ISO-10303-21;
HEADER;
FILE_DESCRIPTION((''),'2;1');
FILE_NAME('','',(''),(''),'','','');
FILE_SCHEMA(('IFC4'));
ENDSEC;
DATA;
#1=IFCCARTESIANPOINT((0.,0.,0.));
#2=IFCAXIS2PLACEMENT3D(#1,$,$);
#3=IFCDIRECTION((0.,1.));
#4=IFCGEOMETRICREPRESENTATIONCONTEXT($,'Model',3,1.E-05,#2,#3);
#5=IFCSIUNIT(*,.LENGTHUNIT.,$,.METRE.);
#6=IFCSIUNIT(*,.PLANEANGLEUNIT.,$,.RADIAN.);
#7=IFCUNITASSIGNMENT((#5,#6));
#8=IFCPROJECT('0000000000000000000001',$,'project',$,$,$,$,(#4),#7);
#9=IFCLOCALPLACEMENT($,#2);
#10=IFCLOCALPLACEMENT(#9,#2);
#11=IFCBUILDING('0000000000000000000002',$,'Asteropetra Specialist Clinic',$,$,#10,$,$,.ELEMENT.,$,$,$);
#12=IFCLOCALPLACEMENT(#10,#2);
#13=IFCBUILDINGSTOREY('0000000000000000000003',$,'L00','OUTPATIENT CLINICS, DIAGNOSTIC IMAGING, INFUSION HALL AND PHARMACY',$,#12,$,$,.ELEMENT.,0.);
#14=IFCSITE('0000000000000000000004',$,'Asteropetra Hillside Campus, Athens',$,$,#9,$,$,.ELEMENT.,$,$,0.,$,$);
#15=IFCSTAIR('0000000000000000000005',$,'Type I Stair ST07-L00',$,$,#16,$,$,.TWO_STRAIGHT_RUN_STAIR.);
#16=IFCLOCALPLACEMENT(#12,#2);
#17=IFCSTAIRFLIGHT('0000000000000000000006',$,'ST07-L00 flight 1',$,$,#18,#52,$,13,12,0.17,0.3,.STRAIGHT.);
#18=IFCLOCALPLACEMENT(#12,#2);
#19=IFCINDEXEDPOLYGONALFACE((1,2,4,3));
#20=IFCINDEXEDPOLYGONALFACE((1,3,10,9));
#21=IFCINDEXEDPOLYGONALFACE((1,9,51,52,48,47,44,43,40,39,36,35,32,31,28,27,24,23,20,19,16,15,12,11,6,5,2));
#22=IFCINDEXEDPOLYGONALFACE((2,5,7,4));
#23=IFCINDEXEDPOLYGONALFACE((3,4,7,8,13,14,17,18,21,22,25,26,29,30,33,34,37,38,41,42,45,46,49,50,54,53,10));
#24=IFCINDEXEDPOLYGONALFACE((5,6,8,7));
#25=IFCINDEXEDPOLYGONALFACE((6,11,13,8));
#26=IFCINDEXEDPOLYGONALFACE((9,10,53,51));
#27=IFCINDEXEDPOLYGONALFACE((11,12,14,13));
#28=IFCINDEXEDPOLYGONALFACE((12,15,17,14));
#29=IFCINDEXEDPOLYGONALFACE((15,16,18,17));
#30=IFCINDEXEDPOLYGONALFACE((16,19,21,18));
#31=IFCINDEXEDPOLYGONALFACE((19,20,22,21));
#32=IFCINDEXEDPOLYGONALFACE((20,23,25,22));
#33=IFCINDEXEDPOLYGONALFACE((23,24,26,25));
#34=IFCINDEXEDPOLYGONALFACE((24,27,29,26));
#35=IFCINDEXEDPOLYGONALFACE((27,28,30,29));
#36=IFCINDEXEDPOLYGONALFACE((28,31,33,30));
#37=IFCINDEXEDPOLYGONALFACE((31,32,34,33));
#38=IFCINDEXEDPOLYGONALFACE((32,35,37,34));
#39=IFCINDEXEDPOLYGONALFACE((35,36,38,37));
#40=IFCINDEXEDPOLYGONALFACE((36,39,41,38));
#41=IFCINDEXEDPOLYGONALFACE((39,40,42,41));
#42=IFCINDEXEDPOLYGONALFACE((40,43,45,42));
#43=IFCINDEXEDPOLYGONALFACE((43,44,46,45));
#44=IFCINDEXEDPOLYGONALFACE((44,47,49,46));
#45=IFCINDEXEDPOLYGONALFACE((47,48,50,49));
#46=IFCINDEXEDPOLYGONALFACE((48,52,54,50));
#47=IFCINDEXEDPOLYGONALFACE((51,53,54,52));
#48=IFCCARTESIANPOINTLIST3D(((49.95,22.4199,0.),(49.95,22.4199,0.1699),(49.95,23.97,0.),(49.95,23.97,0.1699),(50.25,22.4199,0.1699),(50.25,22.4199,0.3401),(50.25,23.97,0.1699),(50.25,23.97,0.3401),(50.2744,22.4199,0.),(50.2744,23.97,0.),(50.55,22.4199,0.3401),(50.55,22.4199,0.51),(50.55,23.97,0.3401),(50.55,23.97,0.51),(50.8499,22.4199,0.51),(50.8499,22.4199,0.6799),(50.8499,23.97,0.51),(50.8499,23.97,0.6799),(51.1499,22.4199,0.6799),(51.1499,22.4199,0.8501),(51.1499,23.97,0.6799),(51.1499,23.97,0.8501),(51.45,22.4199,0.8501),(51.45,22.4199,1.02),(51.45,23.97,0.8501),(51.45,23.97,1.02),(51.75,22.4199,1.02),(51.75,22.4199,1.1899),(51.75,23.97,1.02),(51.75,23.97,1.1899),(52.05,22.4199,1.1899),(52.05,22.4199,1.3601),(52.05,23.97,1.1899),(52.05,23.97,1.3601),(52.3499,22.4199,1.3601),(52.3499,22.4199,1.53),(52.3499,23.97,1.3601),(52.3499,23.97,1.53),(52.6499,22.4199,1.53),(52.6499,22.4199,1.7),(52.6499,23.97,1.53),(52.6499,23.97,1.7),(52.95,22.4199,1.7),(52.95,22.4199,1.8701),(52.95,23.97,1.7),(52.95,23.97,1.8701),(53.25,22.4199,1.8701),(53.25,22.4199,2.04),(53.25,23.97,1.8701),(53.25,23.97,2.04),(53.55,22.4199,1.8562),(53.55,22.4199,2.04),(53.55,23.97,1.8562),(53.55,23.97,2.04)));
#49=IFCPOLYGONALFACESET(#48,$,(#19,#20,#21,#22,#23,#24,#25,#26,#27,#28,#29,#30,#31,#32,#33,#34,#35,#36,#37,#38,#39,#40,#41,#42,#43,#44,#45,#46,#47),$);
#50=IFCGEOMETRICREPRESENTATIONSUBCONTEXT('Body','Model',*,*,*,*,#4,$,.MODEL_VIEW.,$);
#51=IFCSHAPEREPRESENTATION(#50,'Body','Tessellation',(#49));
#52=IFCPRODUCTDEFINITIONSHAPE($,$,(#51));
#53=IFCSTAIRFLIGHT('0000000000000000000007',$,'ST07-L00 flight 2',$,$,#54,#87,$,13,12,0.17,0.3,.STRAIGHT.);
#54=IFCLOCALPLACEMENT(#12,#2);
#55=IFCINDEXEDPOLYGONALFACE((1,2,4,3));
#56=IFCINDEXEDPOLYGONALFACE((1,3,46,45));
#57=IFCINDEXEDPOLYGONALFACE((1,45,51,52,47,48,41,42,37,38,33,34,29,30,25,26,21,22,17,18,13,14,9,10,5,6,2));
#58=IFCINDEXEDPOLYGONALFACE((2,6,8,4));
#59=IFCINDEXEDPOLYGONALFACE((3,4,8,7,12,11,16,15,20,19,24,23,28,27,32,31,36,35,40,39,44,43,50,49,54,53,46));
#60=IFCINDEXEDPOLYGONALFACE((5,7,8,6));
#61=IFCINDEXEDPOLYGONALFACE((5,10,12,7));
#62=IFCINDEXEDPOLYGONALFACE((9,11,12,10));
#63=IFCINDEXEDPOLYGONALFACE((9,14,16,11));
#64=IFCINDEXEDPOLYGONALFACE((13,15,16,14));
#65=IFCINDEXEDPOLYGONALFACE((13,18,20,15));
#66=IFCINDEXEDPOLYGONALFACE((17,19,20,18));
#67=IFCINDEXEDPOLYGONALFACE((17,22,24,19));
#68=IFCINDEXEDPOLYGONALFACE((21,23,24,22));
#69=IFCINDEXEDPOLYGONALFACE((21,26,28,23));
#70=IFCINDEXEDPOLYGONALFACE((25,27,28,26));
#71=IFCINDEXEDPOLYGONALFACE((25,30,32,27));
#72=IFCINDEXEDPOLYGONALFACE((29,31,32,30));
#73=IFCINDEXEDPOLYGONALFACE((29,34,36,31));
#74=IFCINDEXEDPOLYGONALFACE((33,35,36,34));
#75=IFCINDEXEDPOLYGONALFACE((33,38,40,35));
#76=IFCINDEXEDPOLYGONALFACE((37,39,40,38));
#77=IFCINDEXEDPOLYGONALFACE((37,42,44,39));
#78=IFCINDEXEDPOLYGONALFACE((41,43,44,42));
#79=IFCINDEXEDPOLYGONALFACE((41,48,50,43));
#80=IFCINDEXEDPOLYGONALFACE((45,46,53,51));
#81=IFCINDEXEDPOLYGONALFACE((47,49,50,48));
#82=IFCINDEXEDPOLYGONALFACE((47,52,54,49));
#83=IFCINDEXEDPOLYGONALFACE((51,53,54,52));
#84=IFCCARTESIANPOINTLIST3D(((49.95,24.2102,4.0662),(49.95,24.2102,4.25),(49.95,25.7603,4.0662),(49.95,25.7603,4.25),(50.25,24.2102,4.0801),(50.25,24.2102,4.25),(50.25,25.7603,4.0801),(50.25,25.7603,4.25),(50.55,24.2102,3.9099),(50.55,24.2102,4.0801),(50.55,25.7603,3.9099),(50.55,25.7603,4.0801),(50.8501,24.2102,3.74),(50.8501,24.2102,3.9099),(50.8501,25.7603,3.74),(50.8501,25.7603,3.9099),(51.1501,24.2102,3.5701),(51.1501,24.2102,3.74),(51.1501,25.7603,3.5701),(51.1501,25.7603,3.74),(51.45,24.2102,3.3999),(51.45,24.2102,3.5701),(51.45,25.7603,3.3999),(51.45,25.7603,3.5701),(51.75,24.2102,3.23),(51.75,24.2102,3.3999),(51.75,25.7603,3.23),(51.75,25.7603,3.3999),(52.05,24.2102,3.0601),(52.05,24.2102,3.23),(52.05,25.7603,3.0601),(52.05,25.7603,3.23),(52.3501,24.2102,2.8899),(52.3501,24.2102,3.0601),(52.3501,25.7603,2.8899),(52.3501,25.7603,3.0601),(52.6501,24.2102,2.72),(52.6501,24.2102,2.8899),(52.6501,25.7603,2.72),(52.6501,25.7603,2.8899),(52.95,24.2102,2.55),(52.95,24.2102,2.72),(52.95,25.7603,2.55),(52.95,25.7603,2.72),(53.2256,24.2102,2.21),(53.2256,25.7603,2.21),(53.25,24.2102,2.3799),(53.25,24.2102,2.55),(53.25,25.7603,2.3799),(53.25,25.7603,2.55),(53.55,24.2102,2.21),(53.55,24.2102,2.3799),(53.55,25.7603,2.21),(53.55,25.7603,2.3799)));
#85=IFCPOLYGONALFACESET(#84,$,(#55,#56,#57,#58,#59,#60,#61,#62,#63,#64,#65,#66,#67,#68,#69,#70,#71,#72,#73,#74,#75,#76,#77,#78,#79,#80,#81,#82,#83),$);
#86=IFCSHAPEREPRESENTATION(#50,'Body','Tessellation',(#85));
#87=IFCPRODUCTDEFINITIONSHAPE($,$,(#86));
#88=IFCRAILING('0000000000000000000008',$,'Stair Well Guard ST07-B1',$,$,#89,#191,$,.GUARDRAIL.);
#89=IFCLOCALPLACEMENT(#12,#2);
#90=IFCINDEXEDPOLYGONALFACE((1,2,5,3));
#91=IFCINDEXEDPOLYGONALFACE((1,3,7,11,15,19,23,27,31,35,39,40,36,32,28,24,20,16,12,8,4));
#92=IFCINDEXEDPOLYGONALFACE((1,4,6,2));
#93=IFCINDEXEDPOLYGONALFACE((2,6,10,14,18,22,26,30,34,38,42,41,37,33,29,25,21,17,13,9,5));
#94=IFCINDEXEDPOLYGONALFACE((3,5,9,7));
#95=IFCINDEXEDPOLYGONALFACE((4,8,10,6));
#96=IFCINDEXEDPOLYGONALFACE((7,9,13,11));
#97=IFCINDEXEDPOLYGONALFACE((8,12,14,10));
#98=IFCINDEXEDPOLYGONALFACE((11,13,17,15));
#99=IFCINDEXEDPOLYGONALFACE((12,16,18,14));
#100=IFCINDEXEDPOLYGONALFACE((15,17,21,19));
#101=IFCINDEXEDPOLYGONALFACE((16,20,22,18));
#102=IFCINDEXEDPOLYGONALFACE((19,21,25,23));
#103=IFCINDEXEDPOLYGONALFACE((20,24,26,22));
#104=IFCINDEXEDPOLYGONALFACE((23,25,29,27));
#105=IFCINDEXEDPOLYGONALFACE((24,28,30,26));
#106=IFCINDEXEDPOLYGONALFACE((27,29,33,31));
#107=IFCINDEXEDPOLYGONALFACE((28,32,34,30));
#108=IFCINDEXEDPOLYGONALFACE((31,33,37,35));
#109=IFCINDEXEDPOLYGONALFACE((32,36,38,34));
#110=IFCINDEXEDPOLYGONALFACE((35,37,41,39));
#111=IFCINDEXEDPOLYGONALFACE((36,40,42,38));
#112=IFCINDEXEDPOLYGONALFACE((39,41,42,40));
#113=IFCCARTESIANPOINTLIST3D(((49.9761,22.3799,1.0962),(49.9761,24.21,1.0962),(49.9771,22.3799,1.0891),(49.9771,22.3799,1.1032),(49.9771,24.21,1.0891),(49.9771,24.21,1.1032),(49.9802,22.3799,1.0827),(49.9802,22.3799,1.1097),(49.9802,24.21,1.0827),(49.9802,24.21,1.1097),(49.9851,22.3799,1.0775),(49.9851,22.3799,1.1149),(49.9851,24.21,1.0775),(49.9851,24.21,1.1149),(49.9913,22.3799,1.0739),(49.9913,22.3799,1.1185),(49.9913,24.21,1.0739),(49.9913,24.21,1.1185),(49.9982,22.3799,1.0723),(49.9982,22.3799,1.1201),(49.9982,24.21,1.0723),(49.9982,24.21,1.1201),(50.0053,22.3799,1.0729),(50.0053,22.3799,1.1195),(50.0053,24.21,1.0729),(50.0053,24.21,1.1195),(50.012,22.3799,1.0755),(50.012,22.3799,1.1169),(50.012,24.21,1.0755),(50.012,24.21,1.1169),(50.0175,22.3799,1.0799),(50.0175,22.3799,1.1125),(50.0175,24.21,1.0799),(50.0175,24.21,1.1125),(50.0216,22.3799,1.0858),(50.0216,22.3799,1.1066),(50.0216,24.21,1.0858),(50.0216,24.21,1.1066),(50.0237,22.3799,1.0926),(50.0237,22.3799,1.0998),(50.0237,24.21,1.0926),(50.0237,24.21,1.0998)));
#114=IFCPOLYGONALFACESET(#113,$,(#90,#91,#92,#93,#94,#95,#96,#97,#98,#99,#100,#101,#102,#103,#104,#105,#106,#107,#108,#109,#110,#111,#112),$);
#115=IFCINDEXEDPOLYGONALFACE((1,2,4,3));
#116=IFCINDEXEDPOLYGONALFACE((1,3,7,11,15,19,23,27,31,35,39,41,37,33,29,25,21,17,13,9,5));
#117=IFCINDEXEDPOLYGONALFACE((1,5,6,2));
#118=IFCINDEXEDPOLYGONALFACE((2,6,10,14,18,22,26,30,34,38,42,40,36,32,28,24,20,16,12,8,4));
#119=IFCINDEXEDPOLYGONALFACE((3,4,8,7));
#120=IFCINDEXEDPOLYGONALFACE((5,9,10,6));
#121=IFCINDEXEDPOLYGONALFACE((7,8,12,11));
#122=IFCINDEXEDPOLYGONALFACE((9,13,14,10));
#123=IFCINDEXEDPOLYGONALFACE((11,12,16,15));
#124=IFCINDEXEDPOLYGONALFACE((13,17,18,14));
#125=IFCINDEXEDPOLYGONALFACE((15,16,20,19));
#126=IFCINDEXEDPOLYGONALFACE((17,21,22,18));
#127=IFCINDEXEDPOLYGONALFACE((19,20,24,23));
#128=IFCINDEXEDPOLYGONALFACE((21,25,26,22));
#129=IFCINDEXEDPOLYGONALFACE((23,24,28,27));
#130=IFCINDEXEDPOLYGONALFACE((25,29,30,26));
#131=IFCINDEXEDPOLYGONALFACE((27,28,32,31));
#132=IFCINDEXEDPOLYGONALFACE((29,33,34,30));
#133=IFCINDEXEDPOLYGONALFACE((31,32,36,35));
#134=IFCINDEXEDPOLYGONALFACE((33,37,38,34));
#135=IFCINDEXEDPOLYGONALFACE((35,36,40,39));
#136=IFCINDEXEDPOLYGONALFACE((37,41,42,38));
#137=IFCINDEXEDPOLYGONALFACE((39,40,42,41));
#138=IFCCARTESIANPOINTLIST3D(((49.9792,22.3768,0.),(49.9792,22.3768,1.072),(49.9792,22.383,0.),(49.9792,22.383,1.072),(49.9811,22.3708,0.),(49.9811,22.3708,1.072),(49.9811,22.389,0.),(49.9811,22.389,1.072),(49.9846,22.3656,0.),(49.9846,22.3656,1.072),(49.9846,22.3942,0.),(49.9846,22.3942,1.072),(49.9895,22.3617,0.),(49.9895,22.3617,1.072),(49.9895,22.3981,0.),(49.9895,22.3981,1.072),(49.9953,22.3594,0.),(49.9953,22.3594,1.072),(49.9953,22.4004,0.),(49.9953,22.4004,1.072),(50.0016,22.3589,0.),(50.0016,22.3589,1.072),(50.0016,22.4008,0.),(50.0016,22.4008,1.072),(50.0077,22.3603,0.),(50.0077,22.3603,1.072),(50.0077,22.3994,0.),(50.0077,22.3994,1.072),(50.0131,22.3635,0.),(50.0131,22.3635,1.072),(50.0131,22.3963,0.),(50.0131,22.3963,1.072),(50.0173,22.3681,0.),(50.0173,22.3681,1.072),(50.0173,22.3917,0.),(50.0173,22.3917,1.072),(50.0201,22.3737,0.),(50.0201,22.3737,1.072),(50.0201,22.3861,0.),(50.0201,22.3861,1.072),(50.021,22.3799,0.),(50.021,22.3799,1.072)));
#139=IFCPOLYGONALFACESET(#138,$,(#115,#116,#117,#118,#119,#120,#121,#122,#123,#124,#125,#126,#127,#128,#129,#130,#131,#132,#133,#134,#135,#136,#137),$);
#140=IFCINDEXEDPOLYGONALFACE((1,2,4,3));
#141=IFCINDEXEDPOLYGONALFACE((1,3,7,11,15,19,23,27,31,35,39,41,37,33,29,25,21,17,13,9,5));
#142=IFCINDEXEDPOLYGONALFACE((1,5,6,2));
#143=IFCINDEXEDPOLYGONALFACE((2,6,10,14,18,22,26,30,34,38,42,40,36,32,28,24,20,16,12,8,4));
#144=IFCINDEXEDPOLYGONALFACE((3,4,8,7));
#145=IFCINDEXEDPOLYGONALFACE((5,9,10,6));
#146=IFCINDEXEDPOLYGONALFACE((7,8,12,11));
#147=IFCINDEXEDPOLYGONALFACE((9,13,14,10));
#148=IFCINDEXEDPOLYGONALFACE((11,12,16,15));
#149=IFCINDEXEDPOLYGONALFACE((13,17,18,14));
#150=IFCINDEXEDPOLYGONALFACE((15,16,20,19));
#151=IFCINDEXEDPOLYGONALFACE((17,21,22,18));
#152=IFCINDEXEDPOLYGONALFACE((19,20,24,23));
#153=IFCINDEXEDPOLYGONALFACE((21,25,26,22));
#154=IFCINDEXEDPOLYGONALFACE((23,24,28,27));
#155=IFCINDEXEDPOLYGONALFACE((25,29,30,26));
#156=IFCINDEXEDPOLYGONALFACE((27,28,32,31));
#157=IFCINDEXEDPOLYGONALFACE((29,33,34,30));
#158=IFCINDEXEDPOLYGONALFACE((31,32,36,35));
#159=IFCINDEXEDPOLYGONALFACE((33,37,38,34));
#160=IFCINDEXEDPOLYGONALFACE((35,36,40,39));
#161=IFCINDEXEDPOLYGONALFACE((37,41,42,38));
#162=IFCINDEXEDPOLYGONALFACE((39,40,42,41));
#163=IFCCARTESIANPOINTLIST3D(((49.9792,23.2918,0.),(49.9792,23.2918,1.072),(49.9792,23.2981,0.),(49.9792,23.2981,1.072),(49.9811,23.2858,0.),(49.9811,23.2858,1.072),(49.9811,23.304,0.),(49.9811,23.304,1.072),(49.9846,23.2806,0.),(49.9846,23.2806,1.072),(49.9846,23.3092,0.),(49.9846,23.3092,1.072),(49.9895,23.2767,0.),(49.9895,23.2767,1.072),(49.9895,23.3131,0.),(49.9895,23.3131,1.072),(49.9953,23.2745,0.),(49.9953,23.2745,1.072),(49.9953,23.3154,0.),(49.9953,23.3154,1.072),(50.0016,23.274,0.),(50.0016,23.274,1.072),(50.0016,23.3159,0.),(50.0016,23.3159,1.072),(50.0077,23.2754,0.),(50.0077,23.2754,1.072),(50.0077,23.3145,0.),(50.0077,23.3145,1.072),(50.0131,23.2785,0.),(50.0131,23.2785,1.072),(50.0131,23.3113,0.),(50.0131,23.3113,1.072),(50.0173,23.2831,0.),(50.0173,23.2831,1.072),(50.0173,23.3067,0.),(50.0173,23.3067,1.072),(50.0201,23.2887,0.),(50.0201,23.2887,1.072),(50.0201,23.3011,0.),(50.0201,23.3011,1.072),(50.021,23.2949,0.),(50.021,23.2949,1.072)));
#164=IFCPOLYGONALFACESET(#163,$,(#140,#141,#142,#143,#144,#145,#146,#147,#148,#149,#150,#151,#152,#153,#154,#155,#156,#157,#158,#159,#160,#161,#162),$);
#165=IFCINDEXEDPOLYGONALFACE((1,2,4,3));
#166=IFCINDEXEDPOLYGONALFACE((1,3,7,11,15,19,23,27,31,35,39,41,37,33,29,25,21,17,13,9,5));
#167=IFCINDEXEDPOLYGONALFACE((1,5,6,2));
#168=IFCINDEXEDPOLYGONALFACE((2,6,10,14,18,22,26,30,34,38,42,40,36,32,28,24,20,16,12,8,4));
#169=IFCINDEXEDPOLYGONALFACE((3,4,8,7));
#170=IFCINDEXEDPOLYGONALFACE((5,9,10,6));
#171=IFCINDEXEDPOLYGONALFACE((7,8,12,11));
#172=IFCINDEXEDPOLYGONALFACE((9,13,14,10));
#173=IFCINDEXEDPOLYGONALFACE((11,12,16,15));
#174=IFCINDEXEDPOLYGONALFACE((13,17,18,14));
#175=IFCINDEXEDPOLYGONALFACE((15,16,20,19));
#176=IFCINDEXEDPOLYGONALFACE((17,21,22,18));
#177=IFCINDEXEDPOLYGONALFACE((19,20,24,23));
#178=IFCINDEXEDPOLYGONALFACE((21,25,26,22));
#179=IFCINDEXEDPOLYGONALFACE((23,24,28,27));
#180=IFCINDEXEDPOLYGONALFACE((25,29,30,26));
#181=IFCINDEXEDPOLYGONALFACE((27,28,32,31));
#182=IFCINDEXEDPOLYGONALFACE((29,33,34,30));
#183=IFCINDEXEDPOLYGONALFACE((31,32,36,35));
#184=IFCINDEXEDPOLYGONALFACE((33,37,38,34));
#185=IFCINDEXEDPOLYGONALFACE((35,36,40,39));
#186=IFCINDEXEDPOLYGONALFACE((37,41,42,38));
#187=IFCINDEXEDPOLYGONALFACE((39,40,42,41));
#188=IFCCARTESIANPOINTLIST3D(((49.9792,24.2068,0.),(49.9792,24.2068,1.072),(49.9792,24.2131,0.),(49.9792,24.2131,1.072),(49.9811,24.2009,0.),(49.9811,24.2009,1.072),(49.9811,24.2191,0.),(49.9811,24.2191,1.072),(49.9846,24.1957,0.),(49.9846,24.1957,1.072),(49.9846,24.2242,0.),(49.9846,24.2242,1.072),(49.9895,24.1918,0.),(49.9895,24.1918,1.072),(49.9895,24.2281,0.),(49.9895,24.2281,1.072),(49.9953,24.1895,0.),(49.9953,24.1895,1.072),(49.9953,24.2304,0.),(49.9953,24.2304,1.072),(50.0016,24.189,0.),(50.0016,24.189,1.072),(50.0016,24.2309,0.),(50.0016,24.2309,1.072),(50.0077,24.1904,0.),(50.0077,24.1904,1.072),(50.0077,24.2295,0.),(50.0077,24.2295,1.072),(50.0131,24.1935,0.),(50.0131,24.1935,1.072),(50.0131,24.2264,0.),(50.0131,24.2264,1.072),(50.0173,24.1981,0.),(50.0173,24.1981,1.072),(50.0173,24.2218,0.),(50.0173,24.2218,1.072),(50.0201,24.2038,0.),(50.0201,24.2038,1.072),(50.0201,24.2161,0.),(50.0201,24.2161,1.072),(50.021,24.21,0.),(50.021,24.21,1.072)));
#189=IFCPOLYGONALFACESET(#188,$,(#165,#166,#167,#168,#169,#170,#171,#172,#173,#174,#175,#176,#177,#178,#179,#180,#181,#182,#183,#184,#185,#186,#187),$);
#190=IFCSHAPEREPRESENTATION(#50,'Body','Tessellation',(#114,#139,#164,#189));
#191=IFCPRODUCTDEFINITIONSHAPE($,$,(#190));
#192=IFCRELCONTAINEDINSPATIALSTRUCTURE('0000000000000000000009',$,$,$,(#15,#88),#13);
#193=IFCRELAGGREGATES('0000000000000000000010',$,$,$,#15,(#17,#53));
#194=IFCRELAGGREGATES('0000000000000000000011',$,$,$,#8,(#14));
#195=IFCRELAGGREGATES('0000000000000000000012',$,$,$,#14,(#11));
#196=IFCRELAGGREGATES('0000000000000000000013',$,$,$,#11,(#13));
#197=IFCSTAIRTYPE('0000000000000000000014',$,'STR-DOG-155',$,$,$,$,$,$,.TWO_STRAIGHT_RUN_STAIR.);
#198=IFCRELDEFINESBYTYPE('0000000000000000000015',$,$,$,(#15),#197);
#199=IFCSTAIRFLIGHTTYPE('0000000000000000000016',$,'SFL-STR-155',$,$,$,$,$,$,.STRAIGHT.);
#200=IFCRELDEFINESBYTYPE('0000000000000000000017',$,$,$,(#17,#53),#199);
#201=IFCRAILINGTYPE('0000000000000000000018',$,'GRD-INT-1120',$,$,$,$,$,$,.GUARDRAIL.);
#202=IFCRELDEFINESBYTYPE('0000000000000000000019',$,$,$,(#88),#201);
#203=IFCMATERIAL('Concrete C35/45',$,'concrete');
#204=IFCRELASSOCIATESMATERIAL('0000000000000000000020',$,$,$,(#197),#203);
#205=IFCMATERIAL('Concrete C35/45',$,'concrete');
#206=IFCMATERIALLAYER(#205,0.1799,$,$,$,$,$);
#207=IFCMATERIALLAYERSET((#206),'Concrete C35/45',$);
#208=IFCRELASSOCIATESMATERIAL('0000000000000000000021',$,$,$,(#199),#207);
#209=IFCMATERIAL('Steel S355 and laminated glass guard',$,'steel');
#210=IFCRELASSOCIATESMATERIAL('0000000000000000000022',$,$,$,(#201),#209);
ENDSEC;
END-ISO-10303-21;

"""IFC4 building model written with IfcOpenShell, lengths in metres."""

from ifc_helpers import new_model, si_unit, direction, frame, origin, origin_2d, place, context, subcontext, project, spatial, polyline, circle, outline, extrude, material, layer, layer_set, type_object, element, aggregate, save


model = new_model("IFC4")

# Units and contexts
model_context = context("Model", 3, precision=1e-05, world=origin(), true_north=direction((0.0, 1.0)))
body_context = subcontext(model_context, "Body", "Model", "MODEL_VIEW")
ifc_project = project(units=[si_unit("LENGTHUNIT", "METRE"), si_unit("PLANEANGLEUNIT", "RADIAN")], contexts=[model_context])

# Site, building, storey
site_placement = place(None, origin())
site = spatial("IfcSite", under=ifc_project, at=site_placement, Name="Asteropetra Hillside Campus, Athens", CompositionType="ELEMENT", RefElevation=0.0)
building_placement = place(site_placement, origin())
building = spatial("IfcBuilding", under=site, at=building_placement, Name="Asteropetra Specialist Clinic", CompositionType="ELEMENT")
storey_placement = place(building_placement, origin())
storey = spatial("IfcBuildingStorey", under=building, at=storey_placement, Name="L00", Description="OUTPATIENT CLINICS, DIAGNOSTIC IMAGING, INFUSION HALL AND PHARMACY", CompositionType="ELEMENT", Elevation=0.0)

# Stair, stair flights
ifc_material_1 = material(Name="Concrete C35/45", Category="concrete")
stair_type = type_object("IfcStairType", Name="STR-DOG-155", PredefinedType="TWO_STRAIGHT_RUN_STAIR", material=ifc_material_1)
stair_placement = place(storey_placement, origin())
stair = element("IfcStair", 1, at=stair_placement, inside=storey, type_object=stair_type, Name="Type I Stair ST07-L00", PredefinedType="TWO_STRAIGHT_RUN_STAIR")
ifc_material_2 = material(Name="Concrete C35/45", Category="concrete")
ifc_layer_1 = layer(ifc_material_2, 0.1799)
ifc_layer_set_1 = layer_set([ifc_layer_1], Name="Concrete C35/45")
stair_flight_type = type_object("IfcStairFlightType", Name="SFL-STR-155", PredefinedType="STRAIGHT", material=ifc_layer_set_1)
stair_flight_1_placement = place(storey_placement, frame((49.95, 23.1951, 0.0), z_axis=(0.0, 0.0, 1.0), x_axis=(1.0, 0.0, 0.0)))
stair_flight_1 = element("IfcStairFlight", 2, at=stair_flight_1_placement, type_object=stair_flight_type, Name="ST07-L00 flight 1", NumberOfRisers=13, NumberOfTreads=12, PredefinedType="STRAIGHT", RiserHeight=0.17, TreadLength=0.3, context=body_context, shape_type="SweptSolid", body=[
    extrude(outline(polyline([(0.0, 0.0), (0.0, 0.1699), (0.3, 0.1699), (0.3, 0.3401), (0.6001, 0.3401), (0.6001, 0.51), (0.8999, 0.51), (0.8999, 0.6799), (1.2, 0.6799), (1.2, 0.8501), (1.5, 0.8501), (1.5, 1.02), (1.8, 1.02), (1.8, 1.1899), (2.1001, 1.1899), (2.1001, 1.3601), (2.3999, 1.3601), (2.3999, 1.53), (2.7, 1.53), (2.7, 1.7), (3.0, 1.7), (3.0, 1.8701), (3.3, 1.8701), (3.3, 2.04), (3.6001, 2.04), (3.6001, 2.21), (3.6001, 1.8562), (0.3245, 0.0), (0.0, 0.0)])), frame((0.0, 0.7749, 0.0), z_axis=(0.0, -1.0, 0.0), x_axis=(1.0, 0.0, 0.0)), (0.0, 0.0, 1.0), 1.55),
])
stair_flight_2_placement = place(storey_placement, frame((53.55, 24.9851, 2.21), z_axis=(0.0, 0.0, 1.0), x_axis=(-1.0, 0.0, 0.0)))
stair_flight_2 = element("IfcStairFlight", 3, at=stair_flight_2_placement, type_object=stair_flight_type, Name="ST07-L00 flight 2", NumberOfRisers=13, NumberOfTreads=12, PredefinedType="STRAIGHT", RiserHeight=0.17, TreadLength=0.3, context=body_context, shape_type="SweptSolid", body=[
    extrude(outline(polyline([(0.0, 0.0), (0.0, 0.1699), (0.3, 0.1699), (0.3, 0.3401), (0.6001, 0.3401), (0.6001, 0.51), (0.8999, 0.51), (0.8999, 0.6799), (1.2, 0.6799), (1.2, 0.8501), (1.5, 0.8501), (1.5, 1.02), (1.8, 1.02), (1.8, 1.1899), (2.1001, 1.1899), (2.1001, 1.3601), (2.3999, 1.3601), (2.3999, 1.53), (2.7, 1.53), (2.7, 1.7), (3.0, 1.7), (3.0, 1.8701), (3.3, 1.8701), (3.3, 2.04), (3.6001, 2.04), (3.6001, 2.21), (3.6001, 1.8562), (0.3245, 0.0), (0.0, 0.0)])), frame((0.0, 0.7749, 0.0), z_axis=(0.0, -1.0, 0.0), x_axis=(1.0, 0.0, 0.0)), (0.0, 0.0, 1.0), 1.55),
])
aggregate(stair, [stair_flight_1, stair_flight_2])

# Railing
ifc_material_3 = material(Name="Steel S355 and laminated glass guard", Category="steel")
railing_type_1 = type_object("IfcRailingType", Name="GRD-INT-1120", PredefinedType="GUARDRAIL", material=ifc_material_3)
railing_1_placement = place(storey_placement, frame((50.0, 22.3799, 0.0)))
element("IfcRailing", 4, at=railing_1_placement, inside=storey, type_object=railing_type_1, Name="Stair Well Guard ST07-B1", PredefinedType="GUARDRAIL", context=body_context, shape_type="SweptSolid", body=[
    extrude(circle(Radius=0.0239, at=origin_2d()), frame((0.0, 0.0, 1.0962), z_axis=(0.0, 1.0, 0.0), x_axis=(-1.0, 0.0, 0.0)), (0.0, 0.0, 1.0), 1.8301),
    extrude(circle(Radius=0.021, at=origin_2d()), origin(), (0.0, 0.0, 1.0), 1.072),
    extrude(circle(Radius=0.021, at=origin_2d()), frame((0.0, 0.915, 0.0)), (0.0, 0.0, 1.0), 1.072),
    extrude(circle(Radius=0.021, at=origin_2d()), frame((0.0, 1.8301, 0.0)), (0.0, 0.0, 1.0), 1.072),
])

save(model, "model.ifc")
